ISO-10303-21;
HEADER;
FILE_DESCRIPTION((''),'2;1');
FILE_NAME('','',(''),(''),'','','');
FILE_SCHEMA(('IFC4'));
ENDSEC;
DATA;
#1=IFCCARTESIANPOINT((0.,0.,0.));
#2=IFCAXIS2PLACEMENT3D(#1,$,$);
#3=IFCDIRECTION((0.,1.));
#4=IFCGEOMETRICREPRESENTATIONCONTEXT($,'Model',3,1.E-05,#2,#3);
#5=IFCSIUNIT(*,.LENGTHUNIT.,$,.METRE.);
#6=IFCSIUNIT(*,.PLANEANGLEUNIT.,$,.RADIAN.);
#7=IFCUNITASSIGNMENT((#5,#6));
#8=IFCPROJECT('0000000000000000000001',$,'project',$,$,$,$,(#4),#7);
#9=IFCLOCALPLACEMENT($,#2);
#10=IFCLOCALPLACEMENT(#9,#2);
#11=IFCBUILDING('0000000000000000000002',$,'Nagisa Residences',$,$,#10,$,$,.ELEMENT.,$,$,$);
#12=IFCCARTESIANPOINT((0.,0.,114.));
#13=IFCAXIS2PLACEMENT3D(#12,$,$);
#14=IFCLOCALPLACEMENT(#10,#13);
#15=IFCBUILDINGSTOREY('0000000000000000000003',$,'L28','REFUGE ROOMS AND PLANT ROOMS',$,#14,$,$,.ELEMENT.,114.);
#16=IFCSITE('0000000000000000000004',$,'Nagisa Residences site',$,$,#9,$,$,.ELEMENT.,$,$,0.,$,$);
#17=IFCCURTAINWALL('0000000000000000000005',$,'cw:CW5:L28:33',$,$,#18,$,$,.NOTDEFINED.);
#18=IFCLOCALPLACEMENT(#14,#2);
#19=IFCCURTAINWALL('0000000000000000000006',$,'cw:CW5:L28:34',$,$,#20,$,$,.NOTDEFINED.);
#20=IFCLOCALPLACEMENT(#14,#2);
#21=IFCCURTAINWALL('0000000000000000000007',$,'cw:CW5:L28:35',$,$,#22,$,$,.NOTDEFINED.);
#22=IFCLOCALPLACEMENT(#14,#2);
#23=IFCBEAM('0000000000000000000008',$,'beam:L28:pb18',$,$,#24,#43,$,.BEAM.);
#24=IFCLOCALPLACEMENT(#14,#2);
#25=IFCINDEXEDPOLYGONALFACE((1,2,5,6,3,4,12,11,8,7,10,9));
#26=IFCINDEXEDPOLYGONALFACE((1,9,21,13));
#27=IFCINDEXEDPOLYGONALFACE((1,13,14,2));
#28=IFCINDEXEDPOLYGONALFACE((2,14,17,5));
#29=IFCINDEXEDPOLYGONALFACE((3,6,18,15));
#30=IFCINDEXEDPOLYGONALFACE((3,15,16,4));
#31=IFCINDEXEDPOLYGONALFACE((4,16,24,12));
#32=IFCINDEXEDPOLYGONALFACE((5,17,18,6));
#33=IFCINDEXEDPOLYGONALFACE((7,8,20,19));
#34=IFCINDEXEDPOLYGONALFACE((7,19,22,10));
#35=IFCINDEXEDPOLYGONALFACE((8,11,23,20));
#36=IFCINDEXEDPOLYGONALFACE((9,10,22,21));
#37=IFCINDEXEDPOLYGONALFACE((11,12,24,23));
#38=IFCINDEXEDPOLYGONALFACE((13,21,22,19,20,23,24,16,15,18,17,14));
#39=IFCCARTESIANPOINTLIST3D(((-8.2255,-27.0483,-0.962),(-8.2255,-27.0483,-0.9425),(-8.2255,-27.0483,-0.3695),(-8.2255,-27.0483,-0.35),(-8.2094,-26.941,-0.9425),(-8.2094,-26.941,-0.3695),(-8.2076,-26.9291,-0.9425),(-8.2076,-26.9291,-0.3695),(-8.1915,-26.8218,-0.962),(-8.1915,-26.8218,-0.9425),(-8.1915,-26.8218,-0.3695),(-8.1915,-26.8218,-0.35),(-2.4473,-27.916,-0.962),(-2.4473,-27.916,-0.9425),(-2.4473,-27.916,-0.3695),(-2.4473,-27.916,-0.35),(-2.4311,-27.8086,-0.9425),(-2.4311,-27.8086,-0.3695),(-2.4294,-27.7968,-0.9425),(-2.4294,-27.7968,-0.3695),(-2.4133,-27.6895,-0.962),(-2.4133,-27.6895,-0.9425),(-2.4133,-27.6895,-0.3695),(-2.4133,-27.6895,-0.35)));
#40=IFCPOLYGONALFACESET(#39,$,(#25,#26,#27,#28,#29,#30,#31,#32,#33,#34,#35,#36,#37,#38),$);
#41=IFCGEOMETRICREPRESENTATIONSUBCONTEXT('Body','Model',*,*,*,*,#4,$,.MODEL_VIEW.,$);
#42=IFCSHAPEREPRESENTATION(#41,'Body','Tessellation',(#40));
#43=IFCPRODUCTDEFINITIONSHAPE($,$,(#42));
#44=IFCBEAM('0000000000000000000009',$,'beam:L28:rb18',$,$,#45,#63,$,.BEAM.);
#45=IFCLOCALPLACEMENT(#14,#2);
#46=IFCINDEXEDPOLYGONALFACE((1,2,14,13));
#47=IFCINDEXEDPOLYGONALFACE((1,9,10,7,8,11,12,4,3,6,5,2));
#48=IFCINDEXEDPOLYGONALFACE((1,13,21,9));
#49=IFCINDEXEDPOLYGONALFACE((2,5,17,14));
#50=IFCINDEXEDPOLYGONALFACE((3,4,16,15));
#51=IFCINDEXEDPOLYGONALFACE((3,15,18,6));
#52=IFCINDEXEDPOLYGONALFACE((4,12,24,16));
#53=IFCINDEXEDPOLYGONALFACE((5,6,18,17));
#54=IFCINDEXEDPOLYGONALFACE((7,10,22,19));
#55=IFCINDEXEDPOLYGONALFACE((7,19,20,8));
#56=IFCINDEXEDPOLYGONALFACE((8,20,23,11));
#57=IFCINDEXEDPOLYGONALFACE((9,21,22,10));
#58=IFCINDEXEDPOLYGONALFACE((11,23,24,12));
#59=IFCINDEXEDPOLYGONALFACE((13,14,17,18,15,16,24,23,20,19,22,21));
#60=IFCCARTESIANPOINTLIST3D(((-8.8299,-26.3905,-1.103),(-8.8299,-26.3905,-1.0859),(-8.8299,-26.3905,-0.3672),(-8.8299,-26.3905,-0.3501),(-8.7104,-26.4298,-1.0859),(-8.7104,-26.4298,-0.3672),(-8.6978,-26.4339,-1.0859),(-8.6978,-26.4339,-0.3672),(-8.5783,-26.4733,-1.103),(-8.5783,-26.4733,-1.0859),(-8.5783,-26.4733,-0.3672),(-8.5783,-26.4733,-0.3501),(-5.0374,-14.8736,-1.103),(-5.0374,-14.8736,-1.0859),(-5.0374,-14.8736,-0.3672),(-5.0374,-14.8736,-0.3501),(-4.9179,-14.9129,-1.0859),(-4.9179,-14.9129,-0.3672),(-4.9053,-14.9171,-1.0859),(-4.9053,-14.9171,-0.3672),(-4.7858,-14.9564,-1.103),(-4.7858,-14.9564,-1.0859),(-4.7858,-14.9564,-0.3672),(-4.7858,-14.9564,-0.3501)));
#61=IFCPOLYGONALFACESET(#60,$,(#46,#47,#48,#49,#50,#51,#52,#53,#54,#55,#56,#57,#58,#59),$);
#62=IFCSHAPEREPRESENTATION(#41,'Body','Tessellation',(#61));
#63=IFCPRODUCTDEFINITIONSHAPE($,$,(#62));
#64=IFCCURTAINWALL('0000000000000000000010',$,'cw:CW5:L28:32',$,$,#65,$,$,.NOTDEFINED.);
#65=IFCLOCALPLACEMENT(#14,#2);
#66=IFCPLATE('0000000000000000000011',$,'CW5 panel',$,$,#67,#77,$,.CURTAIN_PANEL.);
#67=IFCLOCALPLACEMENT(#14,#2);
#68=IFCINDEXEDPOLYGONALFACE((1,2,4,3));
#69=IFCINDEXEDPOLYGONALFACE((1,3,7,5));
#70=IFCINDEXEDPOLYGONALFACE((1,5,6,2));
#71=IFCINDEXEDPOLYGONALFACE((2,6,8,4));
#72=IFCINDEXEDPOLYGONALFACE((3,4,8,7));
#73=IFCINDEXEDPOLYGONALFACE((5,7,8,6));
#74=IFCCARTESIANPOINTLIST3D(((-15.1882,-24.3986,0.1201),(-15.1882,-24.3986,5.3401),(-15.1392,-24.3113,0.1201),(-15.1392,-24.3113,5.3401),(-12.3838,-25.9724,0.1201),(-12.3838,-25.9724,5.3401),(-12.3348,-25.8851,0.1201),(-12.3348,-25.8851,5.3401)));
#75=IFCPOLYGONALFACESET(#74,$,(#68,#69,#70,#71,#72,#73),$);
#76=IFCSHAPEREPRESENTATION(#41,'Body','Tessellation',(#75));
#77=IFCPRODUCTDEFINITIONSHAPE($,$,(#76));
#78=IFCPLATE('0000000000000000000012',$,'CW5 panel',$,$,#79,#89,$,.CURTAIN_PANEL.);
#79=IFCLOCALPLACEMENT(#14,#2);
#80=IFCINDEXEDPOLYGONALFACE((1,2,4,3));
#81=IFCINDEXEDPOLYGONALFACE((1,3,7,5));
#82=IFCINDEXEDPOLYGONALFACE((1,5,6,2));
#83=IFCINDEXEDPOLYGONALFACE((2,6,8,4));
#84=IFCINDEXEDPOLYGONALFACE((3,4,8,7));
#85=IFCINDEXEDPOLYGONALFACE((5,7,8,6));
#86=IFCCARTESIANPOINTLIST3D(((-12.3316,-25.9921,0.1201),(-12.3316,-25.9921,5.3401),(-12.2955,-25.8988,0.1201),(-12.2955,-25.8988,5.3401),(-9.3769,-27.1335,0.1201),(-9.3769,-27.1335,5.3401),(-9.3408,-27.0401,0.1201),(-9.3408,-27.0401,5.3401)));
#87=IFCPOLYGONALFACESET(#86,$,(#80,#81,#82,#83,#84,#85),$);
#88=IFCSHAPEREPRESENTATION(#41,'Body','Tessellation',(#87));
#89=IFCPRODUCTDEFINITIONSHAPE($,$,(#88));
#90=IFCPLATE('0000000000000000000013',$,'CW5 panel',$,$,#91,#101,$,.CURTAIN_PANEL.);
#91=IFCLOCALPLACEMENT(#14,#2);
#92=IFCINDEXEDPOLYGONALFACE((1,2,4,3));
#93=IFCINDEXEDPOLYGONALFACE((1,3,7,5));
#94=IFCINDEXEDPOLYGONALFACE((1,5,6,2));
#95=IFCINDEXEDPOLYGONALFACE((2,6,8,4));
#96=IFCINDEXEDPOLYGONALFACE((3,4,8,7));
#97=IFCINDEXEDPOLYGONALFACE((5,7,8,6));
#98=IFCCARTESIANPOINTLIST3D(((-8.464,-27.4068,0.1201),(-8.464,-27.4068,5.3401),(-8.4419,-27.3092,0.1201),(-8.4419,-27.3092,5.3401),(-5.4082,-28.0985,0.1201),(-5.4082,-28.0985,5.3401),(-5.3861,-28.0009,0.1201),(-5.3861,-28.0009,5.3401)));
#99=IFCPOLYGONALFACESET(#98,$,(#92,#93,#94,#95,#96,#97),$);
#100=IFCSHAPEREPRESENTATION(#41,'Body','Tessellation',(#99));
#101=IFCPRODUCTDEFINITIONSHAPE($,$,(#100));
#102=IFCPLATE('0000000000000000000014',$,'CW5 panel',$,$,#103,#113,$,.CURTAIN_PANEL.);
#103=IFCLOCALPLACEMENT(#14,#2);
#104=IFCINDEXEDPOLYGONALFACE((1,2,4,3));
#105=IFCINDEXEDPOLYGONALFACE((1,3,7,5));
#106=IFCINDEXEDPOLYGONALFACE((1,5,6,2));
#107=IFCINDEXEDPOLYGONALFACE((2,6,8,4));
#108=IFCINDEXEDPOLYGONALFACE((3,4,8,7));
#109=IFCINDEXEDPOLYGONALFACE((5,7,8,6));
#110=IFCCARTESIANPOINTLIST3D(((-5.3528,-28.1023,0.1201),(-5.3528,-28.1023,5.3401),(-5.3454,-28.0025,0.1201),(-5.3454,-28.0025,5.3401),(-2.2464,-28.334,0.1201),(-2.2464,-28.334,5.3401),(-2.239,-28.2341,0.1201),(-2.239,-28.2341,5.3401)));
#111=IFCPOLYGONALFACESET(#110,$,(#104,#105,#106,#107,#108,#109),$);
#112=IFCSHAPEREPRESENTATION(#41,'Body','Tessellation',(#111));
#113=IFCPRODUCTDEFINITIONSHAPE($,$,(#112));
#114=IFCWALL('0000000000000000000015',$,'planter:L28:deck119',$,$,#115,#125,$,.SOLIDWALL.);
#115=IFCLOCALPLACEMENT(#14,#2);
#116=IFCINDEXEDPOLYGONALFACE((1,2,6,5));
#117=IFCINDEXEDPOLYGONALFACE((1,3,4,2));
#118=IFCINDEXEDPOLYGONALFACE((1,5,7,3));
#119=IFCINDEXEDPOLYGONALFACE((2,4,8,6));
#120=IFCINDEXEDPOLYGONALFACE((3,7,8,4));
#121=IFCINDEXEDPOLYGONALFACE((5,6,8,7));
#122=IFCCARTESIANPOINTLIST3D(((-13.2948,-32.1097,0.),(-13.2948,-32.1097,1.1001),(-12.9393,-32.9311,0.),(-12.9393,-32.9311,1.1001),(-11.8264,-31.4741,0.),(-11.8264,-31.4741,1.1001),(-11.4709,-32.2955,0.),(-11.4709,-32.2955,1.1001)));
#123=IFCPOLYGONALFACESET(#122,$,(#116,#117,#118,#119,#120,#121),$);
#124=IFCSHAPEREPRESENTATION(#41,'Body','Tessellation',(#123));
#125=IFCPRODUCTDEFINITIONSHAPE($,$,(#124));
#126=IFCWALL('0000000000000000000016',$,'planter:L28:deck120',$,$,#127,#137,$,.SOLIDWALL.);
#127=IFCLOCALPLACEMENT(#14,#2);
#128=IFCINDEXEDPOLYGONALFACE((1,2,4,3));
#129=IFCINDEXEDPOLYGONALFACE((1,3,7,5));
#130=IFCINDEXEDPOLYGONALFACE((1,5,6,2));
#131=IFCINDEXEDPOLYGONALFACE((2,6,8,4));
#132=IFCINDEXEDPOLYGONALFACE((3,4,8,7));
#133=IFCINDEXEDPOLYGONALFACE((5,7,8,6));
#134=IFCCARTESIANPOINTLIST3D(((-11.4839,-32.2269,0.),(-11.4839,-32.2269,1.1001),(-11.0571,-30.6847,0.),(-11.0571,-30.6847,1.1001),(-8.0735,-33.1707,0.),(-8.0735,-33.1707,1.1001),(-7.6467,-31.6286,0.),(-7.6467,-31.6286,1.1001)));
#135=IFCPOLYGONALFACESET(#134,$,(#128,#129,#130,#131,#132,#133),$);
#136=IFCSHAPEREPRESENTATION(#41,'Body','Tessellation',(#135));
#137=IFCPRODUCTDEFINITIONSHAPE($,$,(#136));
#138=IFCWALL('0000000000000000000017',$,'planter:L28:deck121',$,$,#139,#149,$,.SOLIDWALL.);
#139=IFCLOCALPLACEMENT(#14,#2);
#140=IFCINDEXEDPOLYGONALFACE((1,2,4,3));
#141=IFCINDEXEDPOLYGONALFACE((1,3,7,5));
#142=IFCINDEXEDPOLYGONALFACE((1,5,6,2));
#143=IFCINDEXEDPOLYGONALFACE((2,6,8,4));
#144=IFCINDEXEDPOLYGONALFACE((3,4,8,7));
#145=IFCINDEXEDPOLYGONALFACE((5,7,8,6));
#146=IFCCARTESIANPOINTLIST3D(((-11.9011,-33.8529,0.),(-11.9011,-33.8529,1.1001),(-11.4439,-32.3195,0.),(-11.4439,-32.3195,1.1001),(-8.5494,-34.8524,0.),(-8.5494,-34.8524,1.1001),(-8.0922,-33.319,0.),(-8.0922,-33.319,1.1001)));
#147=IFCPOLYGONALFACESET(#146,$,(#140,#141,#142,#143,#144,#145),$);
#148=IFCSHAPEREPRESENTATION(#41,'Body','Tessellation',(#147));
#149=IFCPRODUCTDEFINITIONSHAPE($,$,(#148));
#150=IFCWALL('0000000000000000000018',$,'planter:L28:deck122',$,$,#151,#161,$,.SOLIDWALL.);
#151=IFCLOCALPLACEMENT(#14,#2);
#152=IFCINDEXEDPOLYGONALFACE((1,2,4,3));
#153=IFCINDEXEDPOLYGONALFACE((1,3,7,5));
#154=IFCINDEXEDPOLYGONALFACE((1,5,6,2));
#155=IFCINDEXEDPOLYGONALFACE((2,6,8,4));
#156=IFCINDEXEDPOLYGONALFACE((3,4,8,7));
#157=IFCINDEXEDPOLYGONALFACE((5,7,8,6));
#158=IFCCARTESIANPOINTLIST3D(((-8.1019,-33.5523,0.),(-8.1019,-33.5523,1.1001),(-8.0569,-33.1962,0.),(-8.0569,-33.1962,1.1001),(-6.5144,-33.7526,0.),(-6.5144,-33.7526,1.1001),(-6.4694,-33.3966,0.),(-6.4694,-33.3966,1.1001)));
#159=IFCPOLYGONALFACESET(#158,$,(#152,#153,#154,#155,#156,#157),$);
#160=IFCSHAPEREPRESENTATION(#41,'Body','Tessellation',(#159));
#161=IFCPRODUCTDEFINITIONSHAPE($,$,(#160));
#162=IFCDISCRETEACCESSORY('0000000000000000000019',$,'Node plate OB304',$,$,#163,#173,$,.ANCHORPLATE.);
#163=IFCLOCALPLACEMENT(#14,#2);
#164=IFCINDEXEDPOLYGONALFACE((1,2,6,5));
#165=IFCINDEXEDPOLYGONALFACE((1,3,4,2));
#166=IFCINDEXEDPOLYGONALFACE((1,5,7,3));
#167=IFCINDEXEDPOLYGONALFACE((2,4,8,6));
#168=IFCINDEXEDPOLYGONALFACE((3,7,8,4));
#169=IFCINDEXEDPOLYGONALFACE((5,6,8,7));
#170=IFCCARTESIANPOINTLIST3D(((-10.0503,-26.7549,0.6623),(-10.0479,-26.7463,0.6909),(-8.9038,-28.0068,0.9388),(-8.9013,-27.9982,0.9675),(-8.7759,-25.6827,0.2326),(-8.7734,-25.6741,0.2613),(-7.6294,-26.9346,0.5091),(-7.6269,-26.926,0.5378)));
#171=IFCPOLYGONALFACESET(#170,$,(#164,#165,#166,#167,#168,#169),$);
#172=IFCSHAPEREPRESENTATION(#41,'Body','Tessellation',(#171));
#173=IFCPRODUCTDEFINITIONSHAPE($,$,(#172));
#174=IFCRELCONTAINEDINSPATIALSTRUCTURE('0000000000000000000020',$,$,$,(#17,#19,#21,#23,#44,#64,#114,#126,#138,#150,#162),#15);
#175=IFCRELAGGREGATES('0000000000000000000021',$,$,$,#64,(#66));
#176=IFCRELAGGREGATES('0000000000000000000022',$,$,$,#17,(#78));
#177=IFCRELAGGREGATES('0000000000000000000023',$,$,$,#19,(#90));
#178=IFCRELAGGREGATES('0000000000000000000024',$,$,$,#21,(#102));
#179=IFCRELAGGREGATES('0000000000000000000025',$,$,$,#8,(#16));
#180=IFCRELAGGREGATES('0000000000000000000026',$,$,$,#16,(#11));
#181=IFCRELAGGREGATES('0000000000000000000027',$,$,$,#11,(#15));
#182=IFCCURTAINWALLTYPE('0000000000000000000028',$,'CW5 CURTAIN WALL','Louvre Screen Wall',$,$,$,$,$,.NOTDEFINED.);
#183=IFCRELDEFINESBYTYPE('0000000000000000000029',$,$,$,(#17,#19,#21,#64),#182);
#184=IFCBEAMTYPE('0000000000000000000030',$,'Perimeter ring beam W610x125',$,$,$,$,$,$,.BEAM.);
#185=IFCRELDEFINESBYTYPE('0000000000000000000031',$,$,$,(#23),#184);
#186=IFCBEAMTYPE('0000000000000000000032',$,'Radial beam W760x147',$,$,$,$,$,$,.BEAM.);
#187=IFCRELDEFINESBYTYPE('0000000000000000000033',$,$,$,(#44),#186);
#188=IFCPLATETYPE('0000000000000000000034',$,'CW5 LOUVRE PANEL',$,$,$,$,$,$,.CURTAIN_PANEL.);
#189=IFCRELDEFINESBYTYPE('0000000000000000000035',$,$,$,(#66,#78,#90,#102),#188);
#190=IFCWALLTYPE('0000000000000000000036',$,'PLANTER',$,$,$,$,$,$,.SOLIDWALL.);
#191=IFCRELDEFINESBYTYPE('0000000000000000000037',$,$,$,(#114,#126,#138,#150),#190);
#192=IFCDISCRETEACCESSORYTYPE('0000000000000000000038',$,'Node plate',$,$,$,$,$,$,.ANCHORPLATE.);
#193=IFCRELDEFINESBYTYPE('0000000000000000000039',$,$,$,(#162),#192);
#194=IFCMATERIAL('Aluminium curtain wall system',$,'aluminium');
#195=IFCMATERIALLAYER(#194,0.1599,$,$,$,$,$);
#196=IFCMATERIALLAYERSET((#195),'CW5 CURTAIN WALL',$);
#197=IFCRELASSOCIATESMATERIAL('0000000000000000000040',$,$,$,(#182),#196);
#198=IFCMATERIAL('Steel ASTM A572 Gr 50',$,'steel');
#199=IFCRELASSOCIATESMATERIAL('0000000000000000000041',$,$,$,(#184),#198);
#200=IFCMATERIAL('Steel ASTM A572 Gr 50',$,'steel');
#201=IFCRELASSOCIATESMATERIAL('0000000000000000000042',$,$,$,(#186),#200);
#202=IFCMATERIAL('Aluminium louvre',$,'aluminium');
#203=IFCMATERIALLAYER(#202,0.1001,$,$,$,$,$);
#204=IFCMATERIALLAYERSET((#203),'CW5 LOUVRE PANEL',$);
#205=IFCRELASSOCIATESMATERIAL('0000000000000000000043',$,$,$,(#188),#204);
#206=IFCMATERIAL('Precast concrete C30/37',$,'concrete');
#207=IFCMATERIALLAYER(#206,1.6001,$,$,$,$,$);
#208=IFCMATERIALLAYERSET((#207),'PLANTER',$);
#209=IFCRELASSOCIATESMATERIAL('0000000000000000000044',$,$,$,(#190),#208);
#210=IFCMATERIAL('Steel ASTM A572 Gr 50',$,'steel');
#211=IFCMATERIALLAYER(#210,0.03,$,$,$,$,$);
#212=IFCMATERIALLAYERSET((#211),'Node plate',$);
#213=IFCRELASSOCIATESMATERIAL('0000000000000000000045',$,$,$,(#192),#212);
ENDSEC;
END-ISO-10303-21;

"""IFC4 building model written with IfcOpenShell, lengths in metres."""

from ifc_helpers import new_model, si_unit, direction, frame, frame_2d, origin, origin_2d, place, context, subcontext, project, spatial, rectangle, i_section, extrude, material, layer, layer_set, material_profile, profile_set, type_object, element, aggregate, save


model = new_model("IFC4")

# Units and contexts
model_context = context("Model", 3, precision=1e-05, world=origin(), true_north=direction((0.0, 1.0)))
body_context = subcontext(model_context, "Body", "Model", "MODEL_VIEW")
ifc_project = project(units=[si_unit("LENGTHUNIT", "METRE"), si_unit("PLANEANGLEUNIT", "RADIAN")], contexts=[model_context])

# Site, building, storey
site_placement = place(None, origin())
site = spatial("IfcSite", under=ifc_project, at=site_placement, Name="Nagisa Residences site", CompositionType="ELEMENT", RefElevation=0.0)
building_placement = place(site_placement, origin())
building = spatial("IfcBuilding", under=site, at=building_placement, Name="Nagisa Residences", CompositionType="ELEMENT")
storey_placement = place(building_placement, frame((0.0, 0.0, 114.0)))
storey = spatial("IfcBuildingStorey", under=building, at=storey_placement, Name="L28", Description="REFUGE ROOMS AND PLANT ROOMS", CompositionType="ELEMENT", Elevation=114.0)

# Curtain walls
ifc_material_1 = material(Name="Aluminium curtain wall system", Category="aluminium")
ifc_layer_1 = layer(ifc_material_1, 0.1599)
ifc_layer_set_1 = layer_set([ifc_layer_1], Name="CW5 CURTAIN WALL")
curtain_wall_type = type_object("IfcCurtainWallType", Name="CW5 CURTAIN WALL", Description="Louvre Screen Wall", PredefinedType="NOTDEFINED", material=ifc_layer_set_1)
curtain_wall_1_placement = place(storey_placement, origin())
curtain_wall_1 = element("IfcCurtainWall", 1, at=curtain_wall_1_placement, inside=storey, type_object=curtain_wall_type, Name="cw:CW5:L28:33", PredefinedType="NOTDEFINED")
curtain_wall_2_placement = place(storey_placement, origin())
curtain_wall_2 = element("IfcCurtainWall", 2, at=curtain_wall_2_placement, inside=storey, type_object=curtain_wall_type, Name="cw:CW5:L28:34", PredefinedType="NOTDEFINED")
curtain_wall_3_placement = place(storey_placement, origin())
curtain_wall_3 = element("IfcCurtainWall", 3, at=curtain_wall_3_placement, inside=storey, type_object=curtain_wall_type, Name="cw:CW5:L28:35", PredefinedType="NOTDEFINED")

# Beams
ifc_material_2 = material(Name="Steel ASTM A572 Gr 50", Category="steel")
ifc_material_profile_1 = material_profile(ifc_material_2, i_section(OverallWidth=0.229, OverallDepth=0.6121, WebThickness=0.012, FlangeThickness=0.0195, at=origin_2d()), Name="W610x125")
ifc_profile_set_1 = profile_set([ifc_material_profile_1], Name="Steel ASTM A572 Gr 50")
beam_type_1 = type_object("IfcBeamType", Name="Perimeter ring beam W610x125", PredefinedType="BEAM", material=ifc_profile_set_1)
beam_1_placement = place(storey_placement, frame((-8.2085, -26.9351, -0.656), z_axis=(0.988913, -0.148496, 0.0), x_axis=(0.148496, 0.988913, 0.0)))
element("IfcBeam", 4, at=beam_1_placement, inside=storey, type_object=beam_type_1, Name="beam:L28:pb18", PredefinedType="BEAM", context=body_context, shape_type="SweptSolid", body=[
    extrude(i_section(OverallWidth=0.229, OverallDepth=0.6121, WebThickness=0.012, FlangeThickness=0.0195, at=origin_2d()), origin(), (0.0, 0.0, 1.0), 5.843),
])
ifc_material_3 = material(Name="Steel ASTM A572 Gr 50", Category="steel")
ifc_material_profile_2 = material_profile(ifc_material_3, i_section(OverallWidth=0.2649, OverallDepth=0.7529, WebThickness=0.0132, FlangeThickness=0.0171, at=origin_2d()), Name="W760x147")
ifc_profile_set_2 = profile_set([ifc_material_profile_2], Name="Steel ASTM A572 Gr 50")
beam_type_2 = type_object("IfcBeamType", Name="Radial beam W760x147", PredefinedType="BEAM", material=ifc_profile_set_2)
beam_2_placement = place(storey_placement, frame((-8.7041, -26.4319, -0.7266), z_axis=(0.312777, 0.949827, 0.0), x_axis=(-0.949827, 0.312777, 0.0)))
element("IfcBeam", 5, at=beam_2_placement, inside=storey, type_object=beam_type_2, Name="beam:L28:rb18", PredefinedType="BEAM", context=body_context, shape_type="SweptSolid", body=[
    extrude(i_section(OverallWidth=0.2649, OverallDepth=0.7529, WebThickness=0.0132, FlangeThickness=0.0171, at=origin_2d()), origin(), (0.0, 0.0, 1.0), 12.1252),
])

# Curtain wall, plate
curtain_wall_4_placement = place(storey_placement, origin())
curtain_wall_4 = element("IfcCurtainWall", 6, at=curtain_wall_4_placement, inside=storey, type_object=curtain_wall_type, Name="cw:CW5:L28:32", PredefinedType="NOTDEFINED")
ifc_material_4 = material(Name="Aluminium louvre", Category="aluminium")
ifc_layer_2 = layer(ifc_material_4, 0.1001)
ifc_layer_set_2 = layer_set([ifc_layer_2], Name="CW5 LOUVRE PANEL")
plate_type = type_object("IfcPlateType", Name="CW5 LOUVRE PANEL", PredefinedType="CURTAIN_PANEL", material=ifc_layer_set_2)
plate_1_placement = place(storey_placement, frame((-13.7615, -25.1418, 0.1201), z_axis=(0.0, 0.0, 1.0), x_axis=(0.872072, -0.489377, 0.0)))
plate_1 = element("IfcPlate", 7, at=plate_1_placement, type_object=plate_type, Name="CW5 panel", PredefinedType="CURTAIN_PANEL", context=body_context, shape_type="SweptSolid", body=[
    extrude(rectangle(XDim=3.2158, YDim=0.1001, at=origin_2d()), origin(), (0.0, 0.0, 1.0), 5.22),
])
aggregate(curtain_wall_4, [plate_1])

# Plates
plate_2_placement = place(storey_placement, frame((-10.8362, -26.5161, 0.1201), z_axis=(0.0, 0.0, 1.0), x_axis=(0.932826, -0.360328, 0.0)))
plate_2 = element("IfcPlate", 8, at=plate_2_placement, type_object=plate_type, Name="CW5 panel", PredefinedType="CURTAIN_PANEL", context=body_context, shape_type="SweptSolid", body=[
    extrude(rectangle(XDim=3.1675, YDim=0.1001, at=origin_2d()), origin(), (0.0, 0.0, 1.0), 5.22),
])
aggregate(curtain_wall_1, [plate_2])
plate_3_placement = place(storey_placement, frame((-6.925, -27.7039, 0.1201), z_axis=(0.0, 0.0, 1.0), x_axis=(0.975327, -0.220764, 0.0)))
plate_3 = element("IfcPlate", 9, at=plate_3_placement, type_object=plate_type, Name="CW5 panel", PredefinedType="CURTAIN_PANEL", context=body_context, shape_type="SweptSolid", body=[
    extrude(rectangle(XDim=3.1331, YDim=0.1001, at=origin_2d()), origin(), (0.0, 0.0, 1.0), 5.22),
])
aggregate(curtain_wall_2, [plate_3])
plate_4_placement = place(storey_placement, frame((-3.7959, -28.1682, 0.1201), z_axis=(0.0, 0.0, 1.0), x_axis=(0.99723, -0.074377, 0.0)))
plate_4 = element("IfcPlate", 10, at=plate_4_placement, type_object=plate_type, Name="CW5 panel", PredefinedType="CURTAIN_PANEL", context=body_context, shape_type="SweptSolid", body=[
    extrude(rectangle(XDim=3.115, YDim=0.1001, at=origin_2d()), origin(), (0.0, 0.0, 1.0), 5.22),
])
aggregate(curtain_wall_3, [plate_4])

# Walls
ifc_material_5 = material(Name="Precast concrete C30/37", Category="concrete")
ifc_layer_3 = layer(ifc_material_5, 1.6001)
ifc_layer_set_3 = layer_set([ifc_layer_3], Name="PLANTER")
wall_type = type_object("IfcWallType", Name="PLANTER", PredefinedType="SOLIDWALL", material=ifc_layer_set_3)
wall_1_placement = place(storey_placement, frame((-12.2051, -32.6133, 0.0), z_axis=(0.0, 0.0, 1.0), x_axis=(-0.397209, 0.917728, 0.0)))
element("IfcWall", 11, at=wall_1_placement, inside=storey, type_object=wall_type, Name="planter:L28:deck119", PredefinedType="SOLIDWALL", context=body_context, shape_type="SweptSolid", body=[
    extrude(rectangle(XDim=0.895, YDim=1.6001, at=frame_2d((0.4475, 0.0))), origin(), (0.0, 0.0, 1.0), 1.1001),
])
wall_2_placement = place(storey_placement, frame((-11.2705, -31.4558, 0.0), z_axis=(0.0, 0.0, 1.0), x_axis=(0.963772, -0.266729, 0.0)))
element("IfcWall", 12, at=wall_2_placement, inside=storey, type_object=wall_type, Name="planter:L28:deck120", PredefinedType="SOLIDWALL", context=body_context, shape_type="SweptSolid", body=[
    extrude(rectangle(XDim=3.5386, YDim=1.6001, at=frame_2d((1.7693, 0.0))), origin(), (0.0, 0.0, 1.0), 1.1001),
])
wall_3_placement = place(storey_placement, frame((-8.3208, -34.0857, 0.0), z_axis=(0.0, 0.0, 1.0), x_axis=(-0.958299, 0.285766, 0.0)))
element("IfcWall", 13, at=wall_3_placement, inside=storey, type_object=wall_type, Name="planter:L28:deck121", PredefinedType="SOLIDWALL", context=body_context, shape_type="SweptSolid", body=[
    extrude(rectangle(XDim=3.4976, YDim=1.6001, at=frame_2d((1.7488, 0.0))), origin(), (0.0, 0.0, 1.0), 1.1001),
])
wall_4_placement = place(storey_placement, frame((-7.2632, -33.2964, 0.0), z_axis=(0.0, 0.0, 1.0), x_axis=(-0.125207, -0.992131, 0.0)))
element("IfcWall", 14, at=wall_4_placement, inside=storey, type_object=wall_type, Name="planter:L28:deck122", PredefinedType="SOLIDWALL", context=body_context, shape_type="SweptSolid", body=[
    extrude(rectangle(XDim=0.3589, YDim=1.6001, at=frame_2d((0.1794, 0.0))), origin(), (0.0, 0.0, 1.0), 1.1001),
])

# Discrete accessory
ifc_material_6 = material(Name="Steel ASTM A572 Gr 50", Category="steel")
ifc_layer_4 = layer(ifc_material_6, 0.03)
ifc_layer_set_4 = layer_set([ifc_layer_4], Name="Node plate")
discrete_accessory_type = type_object("IfcDiscreteAccessoryType", Name="Node plate", PredefinedType="ANCHORPLATE", material=ifc_layer_set_4)
discrete_accessory_placement = place(storey_placement, frame((-8.8398, -26.8447, 0.5857), z_axis=(0.081612, 0.285641, 0.954856), x_axis=(-0.740945, -0.623375, 0.249808)))
element("IfcDiscreteAccessory", 15, at=discrete_accessory_placement, inside=storey, type_object=discrete_accessory_type, Name="Node plate OB304", PredefinedType="ANCHORPLATE", context=body_context, shape_type="SweptSolid", body=[
    extrude(rectangle(XDim=1.72, YDim=1.72, at=origin_2d()), origin(), (0.0, 0.0, 1.0), 0.03),
])

save(model, "model.ifc")
